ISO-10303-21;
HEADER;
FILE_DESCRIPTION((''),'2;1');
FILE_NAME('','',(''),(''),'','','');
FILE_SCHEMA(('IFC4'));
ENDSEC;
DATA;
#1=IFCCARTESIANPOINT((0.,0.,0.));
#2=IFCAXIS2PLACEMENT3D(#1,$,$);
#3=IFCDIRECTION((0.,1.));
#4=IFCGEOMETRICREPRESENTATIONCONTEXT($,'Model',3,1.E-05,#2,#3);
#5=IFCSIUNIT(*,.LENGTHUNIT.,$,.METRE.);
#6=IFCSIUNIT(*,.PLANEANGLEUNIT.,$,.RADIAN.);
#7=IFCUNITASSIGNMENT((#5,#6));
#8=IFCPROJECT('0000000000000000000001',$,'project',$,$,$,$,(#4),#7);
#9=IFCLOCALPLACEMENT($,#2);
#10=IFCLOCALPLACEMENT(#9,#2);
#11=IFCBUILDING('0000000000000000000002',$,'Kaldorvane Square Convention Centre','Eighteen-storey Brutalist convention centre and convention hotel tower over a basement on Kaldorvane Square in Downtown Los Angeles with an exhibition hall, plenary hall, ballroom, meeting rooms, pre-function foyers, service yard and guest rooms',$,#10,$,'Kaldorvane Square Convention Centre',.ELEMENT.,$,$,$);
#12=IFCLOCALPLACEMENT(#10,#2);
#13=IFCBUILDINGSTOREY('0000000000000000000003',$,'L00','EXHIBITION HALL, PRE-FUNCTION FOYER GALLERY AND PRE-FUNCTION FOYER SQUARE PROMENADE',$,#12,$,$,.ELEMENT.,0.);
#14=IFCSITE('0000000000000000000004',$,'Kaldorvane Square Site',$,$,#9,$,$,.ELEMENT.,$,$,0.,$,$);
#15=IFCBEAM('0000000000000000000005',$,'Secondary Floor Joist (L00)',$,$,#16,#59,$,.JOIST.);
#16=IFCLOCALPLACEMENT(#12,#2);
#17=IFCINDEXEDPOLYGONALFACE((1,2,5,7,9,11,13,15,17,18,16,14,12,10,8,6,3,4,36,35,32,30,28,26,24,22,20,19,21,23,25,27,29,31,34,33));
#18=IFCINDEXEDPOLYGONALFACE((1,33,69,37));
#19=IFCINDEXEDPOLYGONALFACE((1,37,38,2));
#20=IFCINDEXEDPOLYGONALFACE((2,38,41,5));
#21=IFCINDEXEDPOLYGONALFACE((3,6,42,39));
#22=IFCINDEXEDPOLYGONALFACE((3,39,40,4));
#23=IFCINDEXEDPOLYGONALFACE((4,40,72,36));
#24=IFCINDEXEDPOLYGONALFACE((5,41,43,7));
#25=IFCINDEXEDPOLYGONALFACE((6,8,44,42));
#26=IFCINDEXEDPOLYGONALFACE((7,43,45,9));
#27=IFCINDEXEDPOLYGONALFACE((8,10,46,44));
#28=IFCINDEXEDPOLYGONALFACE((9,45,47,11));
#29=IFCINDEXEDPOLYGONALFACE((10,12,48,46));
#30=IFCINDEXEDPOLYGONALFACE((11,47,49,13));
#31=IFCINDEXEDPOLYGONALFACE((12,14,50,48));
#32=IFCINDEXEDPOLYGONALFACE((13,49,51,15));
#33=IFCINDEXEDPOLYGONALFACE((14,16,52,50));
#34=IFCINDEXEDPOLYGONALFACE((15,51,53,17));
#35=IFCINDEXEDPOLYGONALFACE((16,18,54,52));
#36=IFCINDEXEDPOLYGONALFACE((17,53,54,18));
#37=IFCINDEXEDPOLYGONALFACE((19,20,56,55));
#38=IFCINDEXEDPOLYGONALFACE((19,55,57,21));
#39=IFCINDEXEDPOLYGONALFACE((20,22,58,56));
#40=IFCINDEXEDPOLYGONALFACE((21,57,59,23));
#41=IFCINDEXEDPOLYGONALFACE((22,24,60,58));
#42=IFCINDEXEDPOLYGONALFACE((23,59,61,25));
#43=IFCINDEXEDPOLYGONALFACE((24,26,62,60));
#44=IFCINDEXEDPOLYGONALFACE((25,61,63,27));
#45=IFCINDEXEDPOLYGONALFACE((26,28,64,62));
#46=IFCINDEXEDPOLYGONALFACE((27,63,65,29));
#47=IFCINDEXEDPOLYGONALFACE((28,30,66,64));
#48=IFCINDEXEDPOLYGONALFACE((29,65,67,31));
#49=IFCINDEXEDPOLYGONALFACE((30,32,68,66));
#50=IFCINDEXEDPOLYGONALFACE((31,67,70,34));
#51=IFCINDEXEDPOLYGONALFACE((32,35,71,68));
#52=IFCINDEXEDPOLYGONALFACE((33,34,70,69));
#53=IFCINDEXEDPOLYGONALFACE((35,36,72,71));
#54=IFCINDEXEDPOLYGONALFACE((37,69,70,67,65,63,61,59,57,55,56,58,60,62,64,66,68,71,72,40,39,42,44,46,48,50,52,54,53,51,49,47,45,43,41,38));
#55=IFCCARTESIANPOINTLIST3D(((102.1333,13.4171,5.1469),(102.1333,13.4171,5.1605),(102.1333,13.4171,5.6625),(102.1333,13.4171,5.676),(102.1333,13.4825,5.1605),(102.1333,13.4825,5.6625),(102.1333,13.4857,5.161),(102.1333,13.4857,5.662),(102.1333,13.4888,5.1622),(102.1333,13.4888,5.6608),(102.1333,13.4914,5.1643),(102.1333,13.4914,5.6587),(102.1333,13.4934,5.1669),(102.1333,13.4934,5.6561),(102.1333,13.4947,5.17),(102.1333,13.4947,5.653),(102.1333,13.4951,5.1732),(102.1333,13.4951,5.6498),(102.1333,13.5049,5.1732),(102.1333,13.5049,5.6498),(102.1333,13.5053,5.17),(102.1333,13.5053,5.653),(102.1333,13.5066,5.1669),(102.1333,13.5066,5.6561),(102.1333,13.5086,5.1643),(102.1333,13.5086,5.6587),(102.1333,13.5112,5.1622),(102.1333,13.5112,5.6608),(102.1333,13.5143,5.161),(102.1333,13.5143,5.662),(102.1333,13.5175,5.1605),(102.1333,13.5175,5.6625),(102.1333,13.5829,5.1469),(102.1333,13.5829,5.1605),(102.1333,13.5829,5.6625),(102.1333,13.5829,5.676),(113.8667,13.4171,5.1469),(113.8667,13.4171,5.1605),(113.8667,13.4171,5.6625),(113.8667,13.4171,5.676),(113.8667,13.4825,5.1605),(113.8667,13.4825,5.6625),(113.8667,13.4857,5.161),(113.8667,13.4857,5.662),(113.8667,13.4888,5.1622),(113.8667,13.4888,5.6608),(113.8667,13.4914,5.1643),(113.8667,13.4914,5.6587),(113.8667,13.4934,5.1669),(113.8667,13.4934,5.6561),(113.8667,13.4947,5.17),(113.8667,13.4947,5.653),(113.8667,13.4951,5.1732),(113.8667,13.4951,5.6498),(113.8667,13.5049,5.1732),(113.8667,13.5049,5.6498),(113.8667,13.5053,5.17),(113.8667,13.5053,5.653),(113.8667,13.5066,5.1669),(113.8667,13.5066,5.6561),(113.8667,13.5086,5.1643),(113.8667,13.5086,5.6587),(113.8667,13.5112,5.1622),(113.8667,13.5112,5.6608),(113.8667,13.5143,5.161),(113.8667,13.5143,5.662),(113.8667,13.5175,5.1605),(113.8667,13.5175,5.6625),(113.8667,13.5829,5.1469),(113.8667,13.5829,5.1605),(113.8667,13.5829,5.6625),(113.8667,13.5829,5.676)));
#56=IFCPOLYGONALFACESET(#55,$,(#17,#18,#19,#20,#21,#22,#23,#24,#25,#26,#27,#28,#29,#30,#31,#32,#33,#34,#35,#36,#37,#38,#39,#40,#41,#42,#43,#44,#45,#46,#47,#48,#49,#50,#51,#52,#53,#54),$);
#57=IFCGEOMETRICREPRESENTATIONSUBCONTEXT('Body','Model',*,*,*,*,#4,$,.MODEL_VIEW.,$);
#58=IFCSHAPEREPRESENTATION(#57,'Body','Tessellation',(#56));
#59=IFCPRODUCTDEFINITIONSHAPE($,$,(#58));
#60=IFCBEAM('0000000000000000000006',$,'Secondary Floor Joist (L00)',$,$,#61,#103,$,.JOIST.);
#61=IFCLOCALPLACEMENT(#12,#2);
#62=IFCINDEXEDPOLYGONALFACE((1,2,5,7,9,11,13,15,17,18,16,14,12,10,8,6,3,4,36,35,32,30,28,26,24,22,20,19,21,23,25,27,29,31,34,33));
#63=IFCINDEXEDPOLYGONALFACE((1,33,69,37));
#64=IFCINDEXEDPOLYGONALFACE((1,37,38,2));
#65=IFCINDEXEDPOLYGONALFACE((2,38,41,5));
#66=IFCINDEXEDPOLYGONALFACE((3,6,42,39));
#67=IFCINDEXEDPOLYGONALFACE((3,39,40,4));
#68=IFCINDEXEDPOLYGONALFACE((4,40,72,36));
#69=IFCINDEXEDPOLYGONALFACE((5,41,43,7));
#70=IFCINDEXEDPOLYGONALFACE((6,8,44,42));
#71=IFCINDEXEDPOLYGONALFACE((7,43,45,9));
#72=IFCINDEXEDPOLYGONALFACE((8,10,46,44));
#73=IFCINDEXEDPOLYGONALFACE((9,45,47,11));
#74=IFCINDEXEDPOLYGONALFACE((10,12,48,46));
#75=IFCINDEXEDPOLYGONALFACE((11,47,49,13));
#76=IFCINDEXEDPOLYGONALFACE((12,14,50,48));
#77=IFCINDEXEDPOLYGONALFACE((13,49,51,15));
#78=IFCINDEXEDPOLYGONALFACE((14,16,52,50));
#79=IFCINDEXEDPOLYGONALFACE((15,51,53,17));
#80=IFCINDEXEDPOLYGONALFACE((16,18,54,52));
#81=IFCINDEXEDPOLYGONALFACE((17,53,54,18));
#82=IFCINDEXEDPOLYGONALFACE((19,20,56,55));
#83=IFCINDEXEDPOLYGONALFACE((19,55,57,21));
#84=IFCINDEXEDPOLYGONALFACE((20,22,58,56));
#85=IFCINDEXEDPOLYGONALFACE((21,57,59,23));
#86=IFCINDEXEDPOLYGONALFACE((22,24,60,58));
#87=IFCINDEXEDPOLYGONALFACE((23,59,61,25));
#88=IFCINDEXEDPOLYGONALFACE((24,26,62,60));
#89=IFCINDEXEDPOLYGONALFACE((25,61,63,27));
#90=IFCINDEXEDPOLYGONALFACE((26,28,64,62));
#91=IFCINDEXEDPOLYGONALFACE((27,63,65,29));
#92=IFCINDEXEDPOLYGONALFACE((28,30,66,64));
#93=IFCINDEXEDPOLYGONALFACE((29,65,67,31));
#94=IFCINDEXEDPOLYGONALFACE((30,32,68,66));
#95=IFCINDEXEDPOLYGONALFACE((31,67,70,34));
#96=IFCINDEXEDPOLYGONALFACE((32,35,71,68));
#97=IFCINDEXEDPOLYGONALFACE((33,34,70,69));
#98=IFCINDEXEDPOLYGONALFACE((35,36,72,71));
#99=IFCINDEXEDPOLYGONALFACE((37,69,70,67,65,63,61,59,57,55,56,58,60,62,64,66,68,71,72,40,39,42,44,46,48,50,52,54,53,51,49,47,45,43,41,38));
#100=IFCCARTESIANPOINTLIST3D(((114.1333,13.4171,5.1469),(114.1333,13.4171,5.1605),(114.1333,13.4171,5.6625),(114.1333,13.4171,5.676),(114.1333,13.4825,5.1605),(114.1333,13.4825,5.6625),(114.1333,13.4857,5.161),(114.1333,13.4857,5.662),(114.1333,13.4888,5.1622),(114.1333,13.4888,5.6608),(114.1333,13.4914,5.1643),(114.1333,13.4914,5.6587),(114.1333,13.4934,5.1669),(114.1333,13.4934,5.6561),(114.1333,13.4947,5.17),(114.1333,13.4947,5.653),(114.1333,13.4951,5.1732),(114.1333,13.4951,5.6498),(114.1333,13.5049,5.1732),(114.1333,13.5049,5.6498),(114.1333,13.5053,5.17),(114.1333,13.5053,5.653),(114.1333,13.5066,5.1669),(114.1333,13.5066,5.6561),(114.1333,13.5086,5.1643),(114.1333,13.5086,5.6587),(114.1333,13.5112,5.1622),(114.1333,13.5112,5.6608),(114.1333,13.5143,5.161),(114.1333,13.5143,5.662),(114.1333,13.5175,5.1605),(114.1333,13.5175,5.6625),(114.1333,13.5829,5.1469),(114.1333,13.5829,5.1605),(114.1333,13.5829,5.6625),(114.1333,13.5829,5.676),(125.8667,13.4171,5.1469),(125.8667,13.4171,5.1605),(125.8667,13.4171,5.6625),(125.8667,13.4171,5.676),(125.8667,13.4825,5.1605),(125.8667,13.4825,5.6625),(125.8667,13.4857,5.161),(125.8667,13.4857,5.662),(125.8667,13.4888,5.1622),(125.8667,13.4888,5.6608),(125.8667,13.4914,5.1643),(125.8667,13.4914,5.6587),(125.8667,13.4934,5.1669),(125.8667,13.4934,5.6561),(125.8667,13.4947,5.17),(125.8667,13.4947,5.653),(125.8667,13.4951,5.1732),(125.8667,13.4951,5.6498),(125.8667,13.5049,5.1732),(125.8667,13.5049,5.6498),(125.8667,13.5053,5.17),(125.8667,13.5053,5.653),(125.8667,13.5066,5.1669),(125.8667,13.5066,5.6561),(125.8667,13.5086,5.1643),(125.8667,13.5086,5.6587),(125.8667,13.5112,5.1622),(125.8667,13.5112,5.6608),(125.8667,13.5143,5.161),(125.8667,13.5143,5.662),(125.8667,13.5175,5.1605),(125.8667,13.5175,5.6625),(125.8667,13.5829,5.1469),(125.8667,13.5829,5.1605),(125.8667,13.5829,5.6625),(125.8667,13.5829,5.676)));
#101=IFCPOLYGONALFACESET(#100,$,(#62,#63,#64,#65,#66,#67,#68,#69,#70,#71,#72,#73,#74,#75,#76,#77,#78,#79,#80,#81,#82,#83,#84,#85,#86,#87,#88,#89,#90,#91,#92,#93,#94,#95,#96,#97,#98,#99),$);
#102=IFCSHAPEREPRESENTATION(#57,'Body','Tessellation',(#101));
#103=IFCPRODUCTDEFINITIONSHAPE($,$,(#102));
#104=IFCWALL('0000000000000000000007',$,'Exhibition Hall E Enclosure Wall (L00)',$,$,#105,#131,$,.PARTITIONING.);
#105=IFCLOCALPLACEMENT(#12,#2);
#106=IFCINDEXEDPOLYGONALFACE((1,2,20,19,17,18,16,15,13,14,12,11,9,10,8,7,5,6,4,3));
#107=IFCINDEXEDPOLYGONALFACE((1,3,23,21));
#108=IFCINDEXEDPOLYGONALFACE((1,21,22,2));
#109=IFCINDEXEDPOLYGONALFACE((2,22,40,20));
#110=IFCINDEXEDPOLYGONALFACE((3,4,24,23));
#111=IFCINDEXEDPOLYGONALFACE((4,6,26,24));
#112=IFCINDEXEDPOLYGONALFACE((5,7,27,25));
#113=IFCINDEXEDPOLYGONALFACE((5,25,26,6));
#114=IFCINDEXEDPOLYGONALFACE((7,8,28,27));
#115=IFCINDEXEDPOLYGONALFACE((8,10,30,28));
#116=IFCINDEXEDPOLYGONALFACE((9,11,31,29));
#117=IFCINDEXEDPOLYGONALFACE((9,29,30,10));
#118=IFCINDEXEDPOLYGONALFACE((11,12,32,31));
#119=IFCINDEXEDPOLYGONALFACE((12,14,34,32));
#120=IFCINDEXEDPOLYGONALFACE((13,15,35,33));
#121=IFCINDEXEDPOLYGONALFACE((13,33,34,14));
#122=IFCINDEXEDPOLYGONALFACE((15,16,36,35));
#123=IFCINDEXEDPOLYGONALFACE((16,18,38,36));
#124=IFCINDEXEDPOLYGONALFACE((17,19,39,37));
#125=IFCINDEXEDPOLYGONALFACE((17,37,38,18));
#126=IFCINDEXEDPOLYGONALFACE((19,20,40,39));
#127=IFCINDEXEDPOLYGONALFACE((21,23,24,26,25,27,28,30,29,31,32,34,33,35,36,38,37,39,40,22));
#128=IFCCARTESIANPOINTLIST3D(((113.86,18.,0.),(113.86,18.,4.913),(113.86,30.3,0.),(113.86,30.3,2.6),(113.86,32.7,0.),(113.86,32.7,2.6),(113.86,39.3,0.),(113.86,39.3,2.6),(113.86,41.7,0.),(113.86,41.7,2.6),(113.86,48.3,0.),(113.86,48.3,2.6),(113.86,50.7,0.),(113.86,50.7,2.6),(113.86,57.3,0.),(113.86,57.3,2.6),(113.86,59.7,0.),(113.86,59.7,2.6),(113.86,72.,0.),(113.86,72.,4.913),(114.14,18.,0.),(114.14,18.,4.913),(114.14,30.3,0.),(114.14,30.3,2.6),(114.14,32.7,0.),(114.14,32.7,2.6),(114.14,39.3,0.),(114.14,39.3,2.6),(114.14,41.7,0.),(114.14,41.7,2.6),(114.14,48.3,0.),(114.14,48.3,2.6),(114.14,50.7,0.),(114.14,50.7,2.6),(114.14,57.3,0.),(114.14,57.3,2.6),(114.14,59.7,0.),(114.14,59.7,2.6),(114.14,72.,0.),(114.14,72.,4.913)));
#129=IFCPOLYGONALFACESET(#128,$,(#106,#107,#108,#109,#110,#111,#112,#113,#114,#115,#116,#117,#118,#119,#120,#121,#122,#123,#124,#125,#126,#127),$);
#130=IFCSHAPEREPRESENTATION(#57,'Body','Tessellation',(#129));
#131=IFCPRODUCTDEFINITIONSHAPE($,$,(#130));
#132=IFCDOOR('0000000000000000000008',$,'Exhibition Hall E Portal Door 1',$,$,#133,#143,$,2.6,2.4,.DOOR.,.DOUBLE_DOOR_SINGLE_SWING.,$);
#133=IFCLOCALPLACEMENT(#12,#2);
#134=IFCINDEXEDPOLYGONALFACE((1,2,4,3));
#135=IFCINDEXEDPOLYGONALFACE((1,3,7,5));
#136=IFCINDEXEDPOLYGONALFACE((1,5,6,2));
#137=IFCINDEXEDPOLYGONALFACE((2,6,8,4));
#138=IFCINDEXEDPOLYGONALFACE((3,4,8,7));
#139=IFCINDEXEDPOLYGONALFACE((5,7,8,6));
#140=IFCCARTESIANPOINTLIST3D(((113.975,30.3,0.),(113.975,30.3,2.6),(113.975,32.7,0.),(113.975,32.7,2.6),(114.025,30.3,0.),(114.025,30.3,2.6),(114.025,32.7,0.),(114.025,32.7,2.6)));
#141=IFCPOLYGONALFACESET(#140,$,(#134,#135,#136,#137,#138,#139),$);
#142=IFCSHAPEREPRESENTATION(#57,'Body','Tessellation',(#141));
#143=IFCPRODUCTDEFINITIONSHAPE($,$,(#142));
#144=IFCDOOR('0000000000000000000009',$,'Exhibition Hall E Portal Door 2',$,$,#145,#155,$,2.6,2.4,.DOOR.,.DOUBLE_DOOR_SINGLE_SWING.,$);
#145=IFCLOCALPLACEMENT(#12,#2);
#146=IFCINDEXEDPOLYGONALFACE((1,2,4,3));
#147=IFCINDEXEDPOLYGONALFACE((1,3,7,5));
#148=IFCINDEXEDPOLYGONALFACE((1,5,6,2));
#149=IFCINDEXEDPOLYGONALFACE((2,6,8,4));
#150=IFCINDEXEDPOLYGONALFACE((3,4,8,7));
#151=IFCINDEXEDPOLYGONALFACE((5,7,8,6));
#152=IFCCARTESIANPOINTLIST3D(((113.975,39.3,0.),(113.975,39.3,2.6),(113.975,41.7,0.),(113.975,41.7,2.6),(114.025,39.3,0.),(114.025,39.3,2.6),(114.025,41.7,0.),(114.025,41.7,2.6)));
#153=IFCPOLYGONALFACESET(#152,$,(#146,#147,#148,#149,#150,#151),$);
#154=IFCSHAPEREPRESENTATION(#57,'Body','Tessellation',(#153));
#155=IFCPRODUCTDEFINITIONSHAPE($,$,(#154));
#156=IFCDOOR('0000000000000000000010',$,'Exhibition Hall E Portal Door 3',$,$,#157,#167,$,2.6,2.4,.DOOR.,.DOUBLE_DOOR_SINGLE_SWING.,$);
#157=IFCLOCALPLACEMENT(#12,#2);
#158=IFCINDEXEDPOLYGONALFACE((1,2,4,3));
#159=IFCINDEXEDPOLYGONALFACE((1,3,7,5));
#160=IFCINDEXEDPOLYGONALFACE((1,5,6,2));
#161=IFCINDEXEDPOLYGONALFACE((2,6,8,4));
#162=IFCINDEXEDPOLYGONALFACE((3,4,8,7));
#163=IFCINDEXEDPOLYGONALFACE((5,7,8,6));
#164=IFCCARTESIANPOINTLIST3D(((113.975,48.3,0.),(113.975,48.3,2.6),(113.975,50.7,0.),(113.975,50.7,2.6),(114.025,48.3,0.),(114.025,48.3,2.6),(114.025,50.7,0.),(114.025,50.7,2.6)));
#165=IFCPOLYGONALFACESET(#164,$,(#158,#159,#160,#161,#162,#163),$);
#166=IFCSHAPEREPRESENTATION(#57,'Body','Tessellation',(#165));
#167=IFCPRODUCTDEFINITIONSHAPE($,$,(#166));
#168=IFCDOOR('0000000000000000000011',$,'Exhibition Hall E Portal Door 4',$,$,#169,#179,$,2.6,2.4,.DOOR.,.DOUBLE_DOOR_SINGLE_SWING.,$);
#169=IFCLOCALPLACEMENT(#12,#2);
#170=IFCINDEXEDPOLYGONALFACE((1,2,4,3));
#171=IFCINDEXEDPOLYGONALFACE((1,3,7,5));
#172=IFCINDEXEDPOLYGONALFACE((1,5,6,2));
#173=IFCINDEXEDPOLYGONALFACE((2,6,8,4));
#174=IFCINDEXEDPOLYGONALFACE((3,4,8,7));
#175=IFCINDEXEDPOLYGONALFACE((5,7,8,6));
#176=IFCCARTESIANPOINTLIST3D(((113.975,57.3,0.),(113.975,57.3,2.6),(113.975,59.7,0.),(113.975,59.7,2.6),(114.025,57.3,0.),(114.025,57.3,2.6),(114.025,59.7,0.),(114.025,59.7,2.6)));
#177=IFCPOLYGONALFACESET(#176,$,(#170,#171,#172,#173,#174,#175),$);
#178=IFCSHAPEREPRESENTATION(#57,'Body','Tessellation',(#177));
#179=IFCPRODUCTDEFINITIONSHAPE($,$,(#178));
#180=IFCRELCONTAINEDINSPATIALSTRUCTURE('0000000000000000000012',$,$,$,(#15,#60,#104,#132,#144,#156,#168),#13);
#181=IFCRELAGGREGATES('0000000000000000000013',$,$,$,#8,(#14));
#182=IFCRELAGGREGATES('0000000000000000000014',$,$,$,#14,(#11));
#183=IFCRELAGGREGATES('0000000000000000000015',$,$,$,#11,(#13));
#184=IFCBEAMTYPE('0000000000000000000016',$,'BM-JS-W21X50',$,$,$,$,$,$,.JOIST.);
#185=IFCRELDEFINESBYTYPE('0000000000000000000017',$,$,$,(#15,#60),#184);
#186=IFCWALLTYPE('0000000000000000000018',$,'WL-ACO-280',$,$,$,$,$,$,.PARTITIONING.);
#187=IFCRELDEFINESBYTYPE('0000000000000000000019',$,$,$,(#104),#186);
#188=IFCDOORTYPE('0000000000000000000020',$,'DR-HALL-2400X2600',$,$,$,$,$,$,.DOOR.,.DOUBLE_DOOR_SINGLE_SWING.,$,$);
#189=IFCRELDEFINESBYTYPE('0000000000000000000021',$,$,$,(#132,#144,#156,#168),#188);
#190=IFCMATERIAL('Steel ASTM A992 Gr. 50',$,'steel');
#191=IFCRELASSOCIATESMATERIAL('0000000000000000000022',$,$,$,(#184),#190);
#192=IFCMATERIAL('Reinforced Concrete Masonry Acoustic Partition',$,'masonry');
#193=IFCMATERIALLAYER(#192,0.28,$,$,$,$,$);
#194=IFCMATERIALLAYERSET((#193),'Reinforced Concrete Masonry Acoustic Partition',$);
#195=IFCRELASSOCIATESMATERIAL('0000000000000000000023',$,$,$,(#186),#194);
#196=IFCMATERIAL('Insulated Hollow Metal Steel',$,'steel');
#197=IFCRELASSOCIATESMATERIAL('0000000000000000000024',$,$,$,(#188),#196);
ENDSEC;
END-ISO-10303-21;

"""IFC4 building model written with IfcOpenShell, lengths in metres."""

from ifc_helpers import new_model, si_unit, direction, frame, frame_2d, origin, origin_2d, place, context, subcontext, project, spatial, rectangle, i_section, extrude, material, layer, layer_set, material_profile, profile_set, type_object, element, fill, save


model = new_model("IFC4")

# Units and contexts
model_context = context("Model", 3, precision=1e-05, world=origin(), true_north=direction((0.0, 1.0)))
body_context = subcontext(model_context, "Body", "Model", "MODEL_VIEW")
ifc_project = project(units=[si_unit("LENGTHUNIT", "METRE"), si_unit("PLANEANGLEUNIT", "RADIAN")], contexts=[model_context])

# Site, building, storey
site_placement = place(None, origin())
site = spatial("IfcSite", under=ifc_project, at=site_placement, Name="Kaldorvane Square Site", CompositionType="ELEMENT", RefElevation=0.0)
building_placement = place(site_placement, origin())
building = spatial("IfcBuilding", under=site, at=building_placement, Name="Kaldorvane Square Convention Centre", Description="Eighteen-storey Brutalist convention centre and convention hotel tower over a basement on Kaldorvane Square in Downtown Los Angeles with an exhibition hall, plenary hall, ballroom, meeting rooms, pre-function foyers, service yard and guest rooms", LongName="Kaldorvane Square Convention Centre", CompositionType="ELEMENT")
storey_placement = place(building_placement, origin())
storey = spatial("IfcBuildingStorey", under=building, at=storey_placement, Name="L00", Description="EXHIBITION HALL, PRE-FUNCTION FOYER GALLERY AND PRE-FUNCTION FOYER SQUARE PROMENADE", CompositionType="ELEMENT", Elevation=0.0)

# Shared definitions
ifc_material_1 = material(Name="Steel ASTM A992 Gr. 50", Category="steel")

# Beams
ifc_material_profile_1 = material_profile(ifc_material_1, i_section(OverallWidth=0.1659, OverallDepth=0.5291, WebThickness=0.0097, FlangeThickness=0.0136, FilletRadius=0.0127, at=origin_2d()), Name="W21X50")
ifc_profile_set_1 = profile_set([ifc_material_profile_1], Name="Steel ASTM A992 Gr. 50")
beam_type_1 = type_object("IfcBeamType", Name="BM-JS-W21X50", PredefinedType="JOIST", material=ifc_profile_set_1)
for number, where, z_axis, x_axis, name in (
    (1, (102.1333, 13.5, 5.4115), (1.0, 0.0, 0.0), (0.0, 1.0, 0.0), "Secondary Floor Joist (L00)"),
    (2, (114.1333, 13.5, 5.4115), (1.0, 0.0, 0.0), (0.0, 1.0, 0.0), "Secondary Floor Joist (L00)"),
):
    element("IfcBeam", number, at=place(storey_placement, frame(where, z_axis=z_axis, x_axis=x_axis)), inside=storey, type_object=beam_type_1, Name=name, PredefinedType="JOIST", context=body_context, shape_type="SweptSolid", body=[
        extrude(i_section(OverallWidth=0.1659, OverallDepth=0.5291, WebThickness=0.0097, FlangeThickness=0.0136, FilletRadius=0.0127, at=origin_2d()), origin(), (0.0, 0.0, 1.0), 11.7334),
    ])

# Wall, openings, doors
ifc_material_2 = material(Name="Reinforced Concrete Masonry Acoustic Partition", Category="masonry")
ifc_layer = layer(ifc_material_2, 0.28)
ifc_layer_set = layer_set([ifc_layer], Name="Reinforced Concrete Masonry Acoustic Partition")
wall_type = type_object("IfcWallType", Name="WL-ACO-280", PredefinedType="PARTITIONING", material=ifc_layer_set)
wall_placement = place(storey_placement, frame((114.0, 18.0, 0.0), z_axis=(0.0, 0.0, 1.0), x_axis=(0.0, 1.0, 0.0)))
wall = element("IfcWall", 3, at=wall_placement, inside=storey, type_object=wall_type, Name="Exhibition Hall E Enclosure Wall (L00)", PredefinedType="PARTITIONING", context=body_context, shape_type="SweptSolid", body=[
    extrude(rectangle(XDim=54.0, YDim=0.28, at=frame_2d((27.0, 0.0))), origin(), (0.0, 0.0, 1.0), 4.913),
])
opening_1_placement = place(wall_placement, frame((12.3, 0.0, 0.0)))
opening_1 = element("IfcOpeningElement", 4, at=opening_1_placement, cuts=wall, PredefinedType="OPENING", context=body_context, shape_type="SweptSolid", body=[
    extrude(rectangle(XDim=2.4, YDim=2.6, at=frame_2d((1.2, 1.3))), frame((0.0, 0.155, 0.0), z_axis=(0.0, -1.0, 0.0), x_axis=(1.0, 0.0, 0.0)), (0.0, 0.0, 1.0), 0.31),
])
opening_2_placement = place(wall_placement, frame((21.3, 0.0, 0.0)))
opening_2 = element("IfcOpeningElement", 5, at=opening_2_placement, cuts=wall, PredefinedType="OPENING", context=body_context, shape_type="SweptSolid", body=[
    extrude(rectangle(XDim=2.4, YDim=2.6, at=frame_2d((1.2, 1.3))), frame((0.0, 0.155, 0.0), z_axis=(0.0, -1.0, 0.0), x_axis=(1.0, 0.0, 0.0)), (0.0, 0.0, 1.0), 0.31),
])
opening_3_placement = place(wall_placement, frame((30.3, 0.0, 0.0)))
opening_3 = element("IfcOpeningElement", 6, at=opening_3_placement, cuts=wall, PredefinedType="OPENING", context=body_context, shape_type="SweptSolid", body=[
    extrude(rectangle(XDim=2.4, YDim=2.6, at=frame_2d((1.2, 1.3))), frame((0.0, 0.155, 0.0), z_axis=(0.0, -1.0, 0.0), x_axis=(1.0, 0.0, 0.0)), (0.0, 0.0, 1.0), 0.31),
])
opening_4_placement = place(wall_placement, frame((39.3, 0.0, 0.0)))
opening_4 = element("IfcOpeningElement", 7, at=opening_4_placement, cuts=wall, PredefinedType="OPENING", context=body_context, shape_type="SweptSolid", body=[
    extrude(rectangle(XDim=2.4, YDim=2.6, at=frame_2d((1.2, 1.3))), frame((0.0, 0.155, 0.0), z_axis=(0.0, -1.0, 0.0), x_axis=(1.0, 0.0, 0.0)), (0.0, 0.0, 1.0), 0.31),
])
ifc_material_3 = material(Name="Insulated Hollow Metal Steel", Category="steel")
door_type = type_object("IfcDoorType", Name="DR-HALL-2400X2600", OperationType="DOUBLE_DOOR_SINGLE_SWING", PredefinedType="DOOR", material=ifc_material_3)
door_1_placement = place(opening_1_placement, origin())
door_1 = element("IfcDoor", 8, at=door_1_placement, inside=storey, type_object=door_type, Name="Exhibition Hall E Portal Door 1", OperationType="DOUBLE_DOOR_SINGLE_SWING", OverallHeight=2.6, OverallWidth=2.4, PredefinedType="DOOR", context=body_context, shape_type="SweptSolid", body=[
    extrude(rectangle(XDim=2.4, YDim=2.6, at=frame_2d((1.2, 1.3))), frame((0.0, 0.025, 0.0), z_axis=(0.0, -1.0, 0.0), x_axis=(1.0, 0.0, 0.0)), (0.0, 0.0, 1.0), 0.05),
])
fill(opening_1, door_1)
door_2_placement = place(opening_2_placement, origin())
door_2 = element("IfcDoor", 9, at=door_2_placement, inside=storey, type_object=door_type, Name="Exhibition Hall E Portal Door 2", OperationType="DOUBLE_DOOR_SINGLE_SWING", OverallHeight=2.6, OverallWidth=2.4, PredefinedType="DOOR", context=body_context, shape_type="SweptSolid", body=[
    extrude(rectangle(XDim=2.4, YDim=2.6, at=frame_2d((1.2, 1.3))), frame((0.0, 0.025, 0.0), z_axis=(0.0, -1.0, 0.0), x_axis=(1.0, 0.0, 0.0)), (0.0, 0.0, 1.0), 0.05),
])
fill(opening_2, door_2)
door_3_placement = place(opening_3_placement, origin())
door_3 = element("IfcDoor", 10, at=door_3_placement, inside=storey, type_object=door_type, Name="Exhibition Hall E Portal Door 3", OperationType="DOUBLE_DOOR_SINGLE_SWING", OverallHeight=2.6, OverallWidth=2.4, PredefinedType="DOOR", context=body_context, shape_type="SweptSolid", body=[
    extrude(rectangle(XDim=2.4, YDim=2.6, at=frame_2d((1.2, 1.3))), frame((0.0, 0.025, 0.0), z_axis=(0.0, -1.0, 0.0), x_axis=(1.0, 0.0, 0.0)), (0.0, 0.0, 1.0), 0.05),
])
fill(opening_3, door_3)
door_4_placement = place(opening_4_placement, origin())
door_4 = element("IfcDoor", 11, at=door_4_placement, inside=storey, type_object=door_type, Name="Exhibition Hall E Portal Door 4", OperationType="DOUBLE_DOOR_SINGLE_SWING", OverallHeight=2.6, OverallWidth=2.4, PredefinedType="DOOR", context=body_context, shape_type="SweptSolid", body=[
    extrude(rectangle(XDim=2.4, YDim=2.6, at=frame_2d((1.2, 1.3))), frame((0.0, 0.025, 0.0), z_axis=(0.0, -1.0, 0.0), x_axis=(1.0, 0.0, 0.0)), (0.0, 0.0, 1.0), 0.05),
])
fill(opening_4, door_4)

save(model, "model.ifc")
